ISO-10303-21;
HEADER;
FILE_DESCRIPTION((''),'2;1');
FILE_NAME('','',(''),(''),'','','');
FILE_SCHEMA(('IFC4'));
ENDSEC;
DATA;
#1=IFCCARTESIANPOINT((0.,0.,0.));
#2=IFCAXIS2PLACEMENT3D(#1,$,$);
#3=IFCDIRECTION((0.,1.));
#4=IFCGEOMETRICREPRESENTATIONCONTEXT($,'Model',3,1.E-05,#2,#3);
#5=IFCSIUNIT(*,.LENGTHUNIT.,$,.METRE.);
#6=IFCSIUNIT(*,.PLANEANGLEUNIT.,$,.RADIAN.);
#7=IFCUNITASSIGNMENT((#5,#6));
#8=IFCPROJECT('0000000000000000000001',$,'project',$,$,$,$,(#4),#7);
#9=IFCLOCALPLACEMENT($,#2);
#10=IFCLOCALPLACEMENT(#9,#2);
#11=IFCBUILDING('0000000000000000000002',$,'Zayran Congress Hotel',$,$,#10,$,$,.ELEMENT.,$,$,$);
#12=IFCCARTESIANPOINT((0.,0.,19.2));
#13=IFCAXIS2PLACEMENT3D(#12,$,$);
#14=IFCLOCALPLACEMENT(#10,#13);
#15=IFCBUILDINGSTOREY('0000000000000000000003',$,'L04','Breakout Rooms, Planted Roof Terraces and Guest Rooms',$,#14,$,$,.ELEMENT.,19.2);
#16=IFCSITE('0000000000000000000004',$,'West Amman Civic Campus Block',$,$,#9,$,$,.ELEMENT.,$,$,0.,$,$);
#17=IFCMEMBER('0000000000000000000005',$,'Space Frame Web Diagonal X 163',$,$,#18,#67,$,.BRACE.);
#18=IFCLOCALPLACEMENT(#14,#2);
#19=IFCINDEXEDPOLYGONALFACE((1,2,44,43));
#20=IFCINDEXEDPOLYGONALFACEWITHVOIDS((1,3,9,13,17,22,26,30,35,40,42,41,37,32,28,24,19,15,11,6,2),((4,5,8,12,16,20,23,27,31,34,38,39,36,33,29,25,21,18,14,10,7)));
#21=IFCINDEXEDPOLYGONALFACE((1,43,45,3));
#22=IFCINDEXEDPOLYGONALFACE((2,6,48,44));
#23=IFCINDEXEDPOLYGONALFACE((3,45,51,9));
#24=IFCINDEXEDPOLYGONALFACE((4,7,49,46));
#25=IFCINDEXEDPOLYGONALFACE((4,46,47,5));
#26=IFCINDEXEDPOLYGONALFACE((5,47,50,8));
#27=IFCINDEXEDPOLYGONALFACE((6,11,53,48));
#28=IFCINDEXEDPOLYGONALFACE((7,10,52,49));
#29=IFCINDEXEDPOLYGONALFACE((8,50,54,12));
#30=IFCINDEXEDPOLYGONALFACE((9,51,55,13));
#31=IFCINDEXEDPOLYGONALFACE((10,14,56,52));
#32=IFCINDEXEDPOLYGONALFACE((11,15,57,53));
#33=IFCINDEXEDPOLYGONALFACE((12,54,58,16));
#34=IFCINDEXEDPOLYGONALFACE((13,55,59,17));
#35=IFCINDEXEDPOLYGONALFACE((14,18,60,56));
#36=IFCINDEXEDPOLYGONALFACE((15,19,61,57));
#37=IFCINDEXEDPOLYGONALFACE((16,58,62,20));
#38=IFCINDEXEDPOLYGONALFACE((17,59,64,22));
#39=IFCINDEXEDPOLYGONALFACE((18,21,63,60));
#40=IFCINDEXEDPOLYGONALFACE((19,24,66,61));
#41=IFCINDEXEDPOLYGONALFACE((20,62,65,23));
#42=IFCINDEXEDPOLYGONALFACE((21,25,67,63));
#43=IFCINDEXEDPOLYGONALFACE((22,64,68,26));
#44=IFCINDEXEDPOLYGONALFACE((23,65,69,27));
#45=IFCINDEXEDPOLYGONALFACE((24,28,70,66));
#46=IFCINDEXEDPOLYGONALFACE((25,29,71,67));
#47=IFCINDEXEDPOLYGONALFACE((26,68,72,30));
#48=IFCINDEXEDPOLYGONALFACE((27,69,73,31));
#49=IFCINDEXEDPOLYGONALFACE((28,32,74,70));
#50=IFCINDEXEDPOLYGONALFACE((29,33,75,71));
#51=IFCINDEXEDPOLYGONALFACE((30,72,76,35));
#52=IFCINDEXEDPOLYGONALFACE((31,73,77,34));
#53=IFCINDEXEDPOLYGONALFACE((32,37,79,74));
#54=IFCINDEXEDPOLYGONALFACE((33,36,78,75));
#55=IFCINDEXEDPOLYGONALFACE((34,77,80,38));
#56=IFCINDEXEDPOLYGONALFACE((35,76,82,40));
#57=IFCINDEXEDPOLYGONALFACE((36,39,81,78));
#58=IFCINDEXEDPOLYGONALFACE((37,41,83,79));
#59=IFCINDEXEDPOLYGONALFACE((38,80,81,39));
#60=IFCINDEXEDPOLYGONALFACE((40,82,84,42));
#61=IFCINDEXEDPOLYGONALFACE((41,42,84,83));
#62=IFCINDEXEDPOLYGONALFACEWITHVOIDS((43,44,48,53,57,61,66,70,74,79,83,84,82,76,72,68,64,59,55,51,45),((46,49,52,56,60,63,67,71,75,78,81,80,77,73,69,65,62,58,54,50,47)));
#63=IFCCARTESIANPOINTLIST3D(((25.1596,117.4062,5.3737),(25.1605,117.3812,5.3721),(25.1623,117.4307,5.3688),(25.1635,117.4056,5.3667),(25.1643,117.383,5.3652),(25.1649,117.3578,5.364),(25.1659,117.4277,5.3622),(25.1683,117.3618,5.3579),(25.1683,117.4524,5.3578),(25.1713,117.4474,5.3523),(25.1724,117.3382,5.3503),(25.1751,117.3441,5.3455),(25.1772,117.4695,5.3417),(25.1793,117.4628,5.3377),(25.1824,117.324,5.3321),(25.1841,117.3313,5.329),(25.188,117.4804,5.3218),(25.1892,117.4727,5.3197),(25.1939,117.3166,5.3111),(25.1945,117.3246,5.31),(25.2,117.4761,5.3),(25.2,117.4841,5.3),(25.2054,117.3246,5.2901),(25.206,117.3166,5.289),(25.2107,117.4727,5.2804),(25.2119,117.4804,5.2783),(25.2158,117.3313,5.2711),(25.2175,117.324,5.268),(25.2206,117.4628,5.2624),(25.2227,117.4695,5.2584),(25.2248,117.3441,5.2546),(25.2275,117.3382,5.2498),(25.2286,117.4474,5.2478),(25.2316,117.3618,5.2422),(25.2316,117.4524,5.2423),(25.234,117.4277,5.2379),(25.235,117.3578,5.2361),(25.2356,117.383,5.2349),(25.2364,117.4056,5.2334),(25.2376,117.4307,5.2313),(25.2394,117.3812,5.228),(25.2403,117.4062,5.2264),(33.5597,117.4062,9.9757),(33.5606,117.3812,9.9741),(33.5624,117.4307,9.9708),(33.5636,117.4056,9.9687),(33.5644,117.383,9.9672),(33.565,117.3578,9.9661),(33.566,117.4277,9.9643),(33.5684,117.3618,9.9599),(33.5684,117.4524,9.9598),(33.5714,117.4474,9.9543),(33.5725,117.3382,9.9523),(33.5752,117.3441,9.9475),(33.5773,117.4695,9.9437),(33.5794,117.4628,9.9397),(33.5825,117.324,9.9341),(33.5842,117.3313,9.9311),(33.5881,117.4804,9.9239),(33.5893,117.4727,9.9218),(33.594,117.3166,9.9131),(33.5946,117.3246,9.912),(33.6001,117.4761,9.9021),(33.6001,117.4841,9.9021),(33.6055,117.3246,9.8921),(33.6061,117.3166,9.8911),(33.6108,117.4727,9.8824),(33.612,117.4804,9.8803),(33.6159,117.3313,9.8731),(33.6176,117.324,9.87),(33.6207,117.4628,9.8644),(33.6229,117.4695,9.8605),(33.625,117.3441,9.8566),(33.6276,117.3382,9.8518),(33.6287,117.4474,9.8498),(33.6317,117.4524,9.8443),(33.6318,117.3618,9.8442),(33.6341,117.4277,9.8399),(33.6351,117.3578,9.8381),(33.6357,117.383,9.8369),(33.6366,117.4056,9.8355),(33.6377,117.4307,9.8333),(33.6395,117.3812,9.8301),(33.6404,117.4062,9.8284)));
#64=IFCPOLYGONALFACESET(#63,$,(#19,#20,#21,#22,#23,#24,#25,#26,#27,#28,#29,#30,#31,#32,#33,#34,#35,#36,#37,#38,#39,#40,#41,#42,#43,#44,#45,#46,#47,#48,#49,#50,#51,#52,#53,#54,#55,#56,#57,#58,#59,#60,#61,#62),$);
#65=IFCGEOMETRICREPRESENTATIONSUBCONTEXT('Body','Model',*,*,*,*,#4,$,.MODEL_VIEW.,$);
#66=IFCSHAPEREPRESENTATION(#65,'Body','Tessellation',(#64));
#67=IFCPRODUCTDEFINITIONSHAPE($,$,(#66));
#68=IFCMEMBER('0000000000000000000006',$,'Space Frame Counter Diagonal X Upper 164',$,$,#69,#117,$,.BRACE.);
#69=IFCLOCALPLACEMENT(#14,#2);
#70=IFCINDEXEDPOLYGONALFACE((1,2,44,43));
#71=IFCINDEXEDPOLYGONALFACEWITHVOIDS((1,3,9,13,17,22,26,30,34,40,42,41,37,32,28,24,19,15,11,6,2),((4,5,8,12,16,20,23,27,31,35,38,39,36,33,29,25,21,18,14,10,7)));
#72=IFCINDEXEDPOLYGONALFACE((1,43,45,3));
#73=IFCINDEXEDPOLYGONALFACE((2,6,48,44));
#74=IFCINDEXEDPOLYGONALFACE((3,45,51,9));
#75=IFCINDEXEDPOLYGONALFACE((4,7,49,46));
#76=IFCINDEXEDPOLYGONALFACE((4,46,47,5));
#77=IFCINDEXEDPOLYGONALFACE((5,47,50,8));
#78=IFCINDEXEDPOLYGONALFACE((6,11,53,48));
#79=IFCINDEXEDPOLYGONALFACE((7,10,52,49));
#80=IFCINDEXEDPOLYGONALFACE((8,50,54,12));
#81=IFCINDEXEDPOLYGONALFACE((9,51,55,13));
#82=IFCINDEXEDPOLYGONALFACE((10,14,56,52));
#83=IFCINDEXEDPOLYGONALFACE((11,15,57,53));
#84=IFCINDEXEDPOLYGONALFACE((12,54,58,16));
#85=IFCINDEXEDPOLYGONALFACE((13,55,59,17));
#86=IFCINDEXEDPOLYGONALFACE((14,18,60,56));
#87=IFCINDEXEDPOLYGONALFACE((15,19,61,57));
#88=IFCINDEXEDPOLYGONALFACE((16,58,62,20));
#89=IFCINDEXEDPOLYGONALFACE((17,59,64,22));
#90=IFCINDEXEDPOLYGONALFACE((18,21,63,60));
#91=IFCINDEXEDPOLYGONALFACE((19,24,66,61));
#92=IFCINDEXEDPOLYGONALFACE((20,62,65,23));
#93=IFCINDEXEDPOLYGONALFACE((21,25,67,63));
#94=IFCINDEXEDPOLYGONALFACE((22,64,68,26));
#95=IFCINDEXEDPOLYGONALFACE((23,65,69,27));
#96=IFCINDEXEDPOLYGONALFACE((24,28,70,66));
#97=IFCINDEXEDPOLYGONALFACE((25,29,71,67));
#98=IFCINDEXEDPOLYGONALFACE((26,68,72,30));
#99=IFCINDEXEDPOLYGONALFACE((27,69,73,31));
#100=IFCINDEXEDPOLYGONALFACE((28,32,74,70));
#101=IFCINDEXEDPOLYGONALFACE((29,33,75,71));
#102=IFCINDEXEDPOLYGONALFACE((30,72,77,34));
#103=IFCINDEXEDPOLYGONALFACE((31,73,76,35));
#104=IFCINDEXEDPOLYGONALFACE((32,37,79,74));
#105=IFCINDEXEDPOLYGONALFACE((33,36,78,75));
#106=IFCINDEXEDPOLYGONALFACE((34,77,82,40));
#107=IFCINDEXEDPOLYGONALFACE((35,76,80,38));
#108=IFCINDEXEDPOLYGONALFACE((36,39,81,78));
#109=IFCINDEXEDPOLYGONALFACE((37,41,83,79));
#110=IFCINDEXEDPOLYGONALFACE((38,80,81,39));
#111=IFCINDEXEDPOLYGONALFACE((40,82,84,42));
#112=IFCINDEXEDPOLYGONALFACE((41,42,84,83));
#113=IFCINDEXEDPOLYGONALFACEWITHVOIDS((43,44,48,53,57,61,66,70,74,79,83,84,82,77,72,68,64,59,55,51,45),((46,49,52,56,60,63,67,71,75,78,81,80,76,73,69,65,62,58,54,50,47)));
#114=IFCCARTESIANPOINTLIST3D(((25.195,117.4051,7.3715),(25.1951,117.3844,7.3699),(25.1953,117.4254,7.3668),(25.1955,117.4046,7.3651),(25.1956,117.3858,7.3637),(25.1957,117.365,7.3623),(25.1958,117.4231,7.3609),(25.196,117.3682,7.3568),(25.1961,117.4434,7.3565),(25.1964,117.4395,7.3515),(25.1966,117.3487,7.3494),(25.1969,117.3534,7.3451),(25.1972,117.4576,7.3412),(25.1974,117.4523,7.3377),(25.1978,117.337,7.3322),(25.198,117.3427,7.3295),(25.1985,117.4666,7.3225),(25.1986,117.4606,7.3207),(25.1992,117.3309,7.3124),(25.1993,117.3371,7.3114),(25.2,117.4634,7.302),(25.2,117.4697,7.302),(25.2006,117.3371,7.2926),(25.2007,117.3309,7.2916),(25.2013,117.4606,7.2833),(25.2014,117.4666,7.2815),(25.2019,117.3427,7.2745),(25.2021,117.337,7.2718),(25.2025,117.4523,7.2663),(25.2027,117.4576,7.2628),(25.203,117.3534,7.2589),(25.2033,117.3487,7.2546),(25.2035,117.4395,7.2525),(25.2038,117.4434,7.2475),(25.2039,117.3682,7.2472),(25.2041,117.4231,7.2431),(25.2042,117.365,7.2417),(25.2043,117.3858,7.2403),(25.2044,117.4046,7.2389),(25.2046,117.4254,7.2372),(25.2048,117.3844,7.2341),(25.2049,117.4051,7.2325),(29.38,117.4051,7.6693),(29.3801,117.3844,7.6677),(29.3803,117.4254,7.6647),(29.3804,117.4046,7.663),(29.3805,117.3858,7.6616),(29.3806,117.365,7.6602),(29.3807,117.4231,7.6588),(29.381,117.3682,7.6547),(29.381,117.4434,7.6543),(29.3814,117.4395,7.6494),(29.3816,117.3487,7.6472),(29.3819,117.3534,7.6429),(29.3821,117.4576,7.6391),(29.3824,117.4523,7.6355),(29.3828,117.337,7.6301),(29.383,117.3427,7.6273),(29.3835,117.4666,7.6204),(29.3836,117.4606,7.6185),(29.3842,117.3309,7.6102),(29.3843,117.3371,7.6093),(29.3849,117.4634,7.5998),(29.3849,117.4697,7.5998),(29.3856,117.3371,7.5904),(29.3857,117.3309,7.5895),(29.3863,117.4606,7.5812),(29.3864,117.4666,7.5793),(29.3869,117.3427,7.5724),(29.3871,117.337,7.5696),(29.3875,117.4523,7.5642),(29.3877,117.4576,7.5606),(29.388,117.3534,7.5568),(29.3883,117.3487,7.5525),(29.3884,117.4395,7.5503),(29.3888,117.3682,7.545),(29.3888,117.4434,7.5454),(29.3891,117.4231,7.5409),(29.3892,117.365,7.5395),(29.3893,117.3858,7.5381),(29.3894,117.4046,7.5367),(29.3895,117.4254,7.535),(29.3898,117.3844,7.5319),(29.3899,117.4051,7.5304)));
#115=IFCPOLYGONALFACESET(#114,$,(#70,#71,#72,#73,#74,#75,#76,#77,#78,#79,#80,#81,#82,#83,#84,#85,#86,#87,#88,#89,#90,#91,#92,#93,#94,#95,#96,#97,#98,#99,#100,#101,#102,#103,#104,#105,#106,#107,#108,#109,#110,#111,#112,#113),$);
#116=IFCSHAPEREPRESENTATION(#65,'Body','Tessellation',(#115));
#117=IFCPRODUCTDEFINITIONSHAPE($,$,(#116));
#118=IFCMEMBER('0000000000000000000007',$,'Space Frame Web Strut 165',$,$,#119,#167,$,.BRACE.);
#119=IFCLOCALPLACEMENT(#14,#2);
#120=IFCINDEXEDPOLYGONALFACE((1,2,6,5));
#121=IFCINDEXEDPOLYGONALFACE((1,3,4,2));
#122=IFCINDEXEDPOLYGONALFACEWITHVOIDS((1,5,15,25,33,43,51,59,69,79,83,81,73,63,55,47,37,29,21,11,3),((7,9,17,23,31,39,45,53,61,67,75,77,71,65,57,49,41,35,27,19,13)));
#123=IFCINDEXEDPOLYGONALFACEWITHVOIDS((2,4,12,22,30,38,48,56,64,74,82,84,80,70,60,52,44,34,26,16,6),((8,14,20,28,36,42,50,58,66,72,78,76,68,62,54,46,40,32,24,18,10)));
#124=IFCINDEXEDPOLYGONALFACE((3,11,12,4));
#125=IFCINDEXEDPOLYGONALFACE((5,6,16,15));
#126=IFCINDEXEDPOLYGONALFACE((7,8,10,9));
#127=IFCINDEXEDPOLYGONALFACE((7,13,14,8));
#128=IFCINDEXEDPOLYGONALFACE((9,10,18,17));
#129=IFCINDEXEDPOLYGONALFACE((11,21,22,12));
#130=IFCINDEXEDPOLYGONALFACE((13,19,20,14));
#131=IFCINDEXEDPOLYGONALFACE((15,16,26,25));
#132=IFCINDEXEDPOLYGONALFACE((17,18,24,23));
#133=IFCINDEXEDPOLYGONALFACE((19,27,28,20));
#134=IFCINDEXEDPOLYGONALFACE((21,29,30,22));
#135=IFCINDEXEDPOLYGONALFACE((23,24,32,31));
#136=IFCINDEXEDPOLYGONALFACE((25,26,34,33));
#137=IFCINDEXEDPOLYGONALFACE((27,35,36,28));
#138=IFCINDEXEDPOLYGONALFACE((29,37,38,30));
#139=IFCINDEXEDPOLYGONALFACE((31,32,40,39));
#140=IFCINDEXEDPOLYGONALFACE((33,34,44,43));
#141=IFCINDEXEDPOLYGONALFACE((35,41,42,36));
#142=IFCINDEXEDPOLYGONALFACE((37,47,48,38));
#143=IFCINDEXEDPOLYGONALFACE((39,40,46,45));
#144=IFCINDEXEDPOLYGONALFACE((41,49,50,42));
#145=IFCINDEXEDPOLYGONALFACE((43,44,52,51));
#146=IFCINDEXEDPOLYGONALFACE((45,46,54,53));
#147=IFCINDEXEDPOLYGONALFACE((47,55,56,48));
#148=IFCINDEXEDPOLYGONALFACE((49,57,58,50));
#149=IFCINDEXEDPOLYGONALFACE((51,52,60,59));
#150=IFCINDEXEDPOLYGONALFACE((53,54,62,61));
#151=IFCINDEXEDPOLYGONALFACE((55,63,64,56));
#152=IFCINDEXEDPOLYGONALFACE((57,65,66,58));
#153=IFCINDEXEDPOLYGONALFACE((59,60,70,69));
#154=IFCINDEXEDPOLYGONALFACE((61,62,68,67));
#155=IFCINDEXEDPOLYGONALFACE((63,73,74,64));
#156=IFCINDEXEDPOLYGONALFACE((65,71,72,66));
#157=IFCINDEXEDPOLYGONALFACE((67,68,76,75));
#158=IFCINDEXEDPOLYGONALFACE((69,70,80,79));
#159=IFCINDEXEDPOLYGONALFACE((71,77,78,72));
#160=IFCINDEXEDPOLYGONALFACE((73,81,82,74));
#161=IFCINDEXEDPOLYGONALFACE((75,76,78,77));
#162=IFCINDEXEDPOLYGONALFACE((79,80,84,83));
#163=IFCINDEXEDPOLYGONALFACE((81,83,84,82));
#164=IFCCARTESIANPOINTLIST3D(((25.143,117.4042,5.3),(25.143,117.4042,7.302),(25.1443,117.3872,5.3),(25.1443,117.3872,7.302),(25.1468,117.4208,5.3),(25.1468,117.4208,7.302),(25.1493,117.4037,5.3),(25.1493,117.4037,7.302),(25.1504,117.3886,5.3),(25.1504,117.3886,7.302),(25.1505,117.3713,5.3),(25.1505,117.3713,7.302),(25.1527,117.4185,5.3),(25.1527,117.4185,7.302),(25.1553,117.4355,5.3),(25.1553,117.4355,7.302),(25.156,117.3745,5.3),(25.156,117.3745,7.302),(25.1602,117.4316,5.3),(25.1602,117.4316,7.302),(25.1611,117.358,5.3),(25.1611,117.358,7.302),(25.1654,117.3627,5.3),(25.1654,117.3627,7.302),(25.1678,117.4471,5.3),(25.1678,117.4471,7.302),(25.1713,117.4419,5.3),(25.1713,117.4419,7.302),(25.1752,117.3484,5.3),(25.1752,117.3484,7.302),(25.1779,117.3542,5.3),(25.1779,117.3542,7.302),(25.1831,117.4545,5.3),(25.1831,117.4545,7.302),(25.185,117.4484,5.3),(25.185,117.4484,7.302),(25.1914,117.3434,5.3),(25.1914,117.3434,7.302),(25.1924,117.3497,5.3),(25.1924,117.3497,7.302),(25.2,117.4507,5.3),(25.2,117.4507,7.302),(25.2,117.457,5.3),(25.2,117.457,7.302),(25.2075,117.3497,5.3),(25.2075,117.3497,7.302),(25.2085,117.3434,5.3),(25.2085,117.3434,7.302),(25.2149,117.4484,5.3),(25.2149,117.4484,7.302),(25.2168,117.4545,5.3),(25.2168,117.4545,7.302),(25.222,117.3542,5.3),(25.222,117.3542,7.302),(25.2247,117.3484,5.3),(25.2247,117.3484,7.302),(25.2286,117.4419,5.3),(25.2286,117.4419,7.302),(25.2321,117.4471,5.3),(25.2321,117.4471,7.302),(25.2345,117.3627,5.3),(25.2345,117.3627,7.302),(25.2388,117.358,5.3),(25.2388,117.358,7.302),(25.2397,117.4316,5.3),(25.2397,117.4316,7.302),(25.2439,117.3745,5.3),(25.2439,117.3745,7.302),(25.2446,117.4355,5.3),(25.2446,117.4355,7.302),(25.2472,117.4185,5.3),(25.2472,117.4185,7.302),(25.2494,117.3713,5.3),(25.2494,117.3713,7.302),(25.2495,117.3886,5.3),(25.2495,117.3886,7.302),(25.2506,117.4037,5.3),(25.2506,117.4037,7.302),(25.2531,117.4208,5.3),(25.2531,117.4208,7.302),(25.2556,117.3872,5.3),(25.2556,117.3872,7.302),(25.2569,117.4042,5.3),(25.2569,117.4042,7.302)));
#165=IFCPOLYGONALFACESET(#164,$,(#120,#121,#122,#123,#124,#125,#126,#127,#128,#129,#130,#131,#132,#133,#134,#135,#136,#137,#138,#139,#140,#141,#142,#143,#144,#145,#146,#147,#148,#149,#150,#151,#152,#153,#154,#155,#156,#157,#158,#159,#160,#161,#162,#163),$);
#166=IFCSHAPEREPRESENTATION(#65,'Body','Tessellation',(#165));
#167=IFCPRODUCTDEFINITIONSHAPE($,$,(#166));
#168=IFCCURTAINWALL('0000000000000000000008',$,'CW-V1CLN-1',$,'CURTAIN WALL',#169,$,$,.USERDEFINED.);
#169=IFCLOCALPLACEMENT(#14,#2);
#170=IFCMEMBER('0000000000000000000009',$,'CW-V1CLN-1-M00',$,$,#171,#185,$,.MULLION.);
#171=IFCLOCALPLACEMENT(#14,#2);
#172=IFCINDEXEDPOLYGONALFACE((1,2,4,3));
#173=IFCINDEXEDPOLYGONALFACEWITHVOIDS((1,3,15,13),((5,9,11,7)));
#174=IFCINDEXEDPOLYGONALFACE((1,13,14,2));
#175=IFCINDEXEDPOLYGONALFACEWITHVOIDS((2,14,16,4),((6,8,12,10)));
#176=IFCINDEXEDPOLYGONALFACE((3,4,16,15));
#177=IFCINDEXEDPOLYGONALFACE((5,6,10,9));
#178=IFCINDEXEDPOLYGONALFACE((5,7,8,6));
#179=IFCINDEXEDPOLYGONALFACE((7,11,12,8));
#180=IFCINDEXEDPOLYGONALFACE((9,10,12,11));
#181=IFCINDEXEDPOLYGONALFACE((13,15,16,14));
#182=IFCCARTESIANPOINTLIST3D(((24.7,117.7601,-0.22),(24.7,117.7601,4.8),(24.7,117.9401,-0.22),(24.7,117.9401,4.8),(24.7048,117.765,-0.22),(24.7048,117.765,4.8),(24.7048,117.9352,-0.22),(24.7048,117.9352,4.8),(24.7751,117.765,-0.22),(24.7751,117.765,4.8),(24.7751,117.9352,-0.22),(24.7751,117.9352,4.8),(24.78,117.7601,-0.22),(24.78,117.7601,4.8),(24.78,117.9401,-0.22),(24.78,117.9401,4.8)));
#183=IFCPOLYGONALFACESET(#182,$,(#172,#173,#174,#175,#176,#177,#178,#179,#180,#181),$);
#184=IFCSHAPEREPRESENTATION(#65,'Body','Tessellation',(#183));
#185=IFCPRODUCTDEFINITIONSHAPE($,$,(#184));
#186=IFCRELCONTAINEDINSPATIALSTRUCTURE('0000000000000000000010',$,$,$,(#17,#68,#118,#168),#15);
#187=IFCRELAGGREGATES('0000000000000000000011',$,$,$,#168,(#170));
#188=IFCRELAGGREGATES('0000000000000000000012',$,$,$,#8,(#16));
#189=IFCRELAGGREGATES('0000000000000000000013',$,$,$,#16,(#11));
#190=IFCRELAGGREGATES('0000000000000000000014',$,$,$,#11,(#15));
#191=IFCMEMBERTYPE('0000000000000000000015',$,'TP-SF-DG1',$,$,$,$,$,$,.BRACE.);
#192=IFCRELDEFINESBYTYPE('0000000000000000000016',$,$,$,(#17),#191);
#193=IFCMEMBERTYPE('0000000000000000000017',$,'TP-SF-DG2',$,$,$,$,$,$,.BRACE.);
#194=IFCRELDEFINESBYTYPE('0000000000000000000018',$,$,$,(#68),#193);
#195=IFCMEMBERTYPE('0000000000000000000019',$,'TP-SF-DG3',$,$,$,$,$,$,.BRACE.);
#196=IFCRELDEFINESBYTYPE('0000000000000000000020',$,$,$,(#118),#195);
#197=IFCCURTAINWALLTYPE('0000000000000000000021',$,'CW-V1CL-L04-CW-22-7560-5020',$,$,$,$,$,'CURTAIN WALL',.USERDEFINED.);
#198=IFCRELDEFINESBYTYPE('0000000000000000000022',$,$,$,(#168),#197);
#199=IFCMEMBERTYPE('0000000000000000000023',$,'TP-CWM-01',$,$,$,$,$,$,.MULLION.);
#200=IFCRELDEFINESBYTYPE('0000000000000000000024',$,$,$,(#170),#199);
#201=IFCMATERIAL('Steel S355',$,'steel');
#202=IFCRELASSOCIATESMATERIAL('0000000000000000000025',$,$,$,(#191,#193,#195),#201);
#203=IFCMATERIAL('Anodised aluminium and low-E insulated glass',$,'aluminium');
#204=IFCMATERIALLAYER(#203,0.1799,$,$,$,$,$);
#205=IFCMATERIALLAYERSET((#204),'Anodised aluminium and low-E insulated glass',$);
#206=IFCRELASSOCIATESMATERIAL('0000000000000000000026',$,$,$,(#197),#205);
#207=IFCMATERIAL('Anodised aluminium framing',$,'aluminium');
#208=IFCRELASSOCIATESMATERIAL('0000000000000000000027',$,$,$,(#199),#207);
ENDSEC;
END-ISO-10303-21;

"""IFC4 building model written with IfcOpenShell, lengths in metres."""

from ifc_helpers import new_model, si_unit, direction, frame, origin, origin_2d, place, context, subcontext, project, spatial, hollow_rectangle, hollow_circle, extrude, material, layer, layer_set, material_profile, profile_set, type_object, element, aggregate, save


model = new_model("IFC4")

# Units and contexts
model_context = context("Model", 3, precision=1e-05, world=origin(), true_north=direction((0.0, 1.0)))
body_context = subcontext(model_context, "Body", "Model", "MODEL_VIEW")
ifc_project = project(units=[si_unit("LENGTHUNIT", "METRE"), si_unit("PLANEANGLEUNIT", "RADIAN")], contexts=[model_context])

# Site, building, storey
site_placement = place(None, origin())
site = spatial("IfcSite", under=ifc_project, at=site_placement, Name="West Amman Civic Campus Block", CompositionType="ELEMENT", RefElevation=0.0)
building_placement = place(site_placement, origin())
building = spatial("IfcBuilding", under=site, at=building_placement, Name="Zayran Congress Hotel", CompositionType="ELEMENT")
storey_placement = place(building_placement, frame((0.0, 0.0, 19.2)))
storey = spatial("IfcBuildingStorey", under=building, at=storey_placement, Name="L04", Description="Breakout Rooms, Planted Roof Terraces and Guest Rooms", CompositionType="ELEMENT", Elevation=19.2)

# Members
ifc_material_1 = material(Name="Steel S355", Category="steel")
ifc_material_profile_1 = material_profile(ifc_material_1, hollow_circle(Radius=0.0842, WallThickness=0.0081, at=origin_2d()), Name="CHS 168.3x8")
ifc_profile_set_1 = profile_set([ifc_material_profile_1], Name="Steel S355")
member_type_1 = type_object("IfcMemberType", Name="TP-SF-DG1", PredefinedType="BRACE", material=ifc_profile_set_1)
member_1_placement = place(storey_placement, frame((25.2, 117.3999, 5.3), z_axis=(0.87701, 0.0, 0.480473), x_axis=(0.0, 1.0, 0.0)))
element("IfcMember", 1, at=member_1_placement, inside=storey, type_object=member_type_1, Name="Space Frame Web Diagonal X 163", PredefinedType="BRACE", context=body_context, shape_type="SweptSolid", body=[
    extrude(hollow_circle(Radius=0.0842, WallThickness=0.0081, at=origin_2d()), origin(), (0.0, 0.0, 1.0), 9.5781),
])
ifc_material_profile_2 = material_profile(ifc_material_1, hollow_circle(Radius=0.0698, WallThickness=0.0063, at=origin_2d()), Name="CHS 139.7x6.3")
ifc_profile_set_2 = profile_set([ifc_material_profile_2], Name="Steel S355")
member_type_2 = type_object("IfcMemberType", Name="TP-SF-DG2", PredefinedType="BRACE", material=ifc_profile_set_2)
member_2_placement = place(storey_placement, frame((25.2, 117.3999, 7.302), z_axis=(0.997477, 0.0, 0.070991), x_axis=(0.0, 1.0, 0.0)))
element("IfcMember", 2, at=member_2_placement, inside=storey, type_object=member_type_2, Name="Space Frame Counter Diagonal X Upper 164", PredefinedType="BRACE", context=body_context, shape_type="SweptSolid", body=[
    extrude(hollow_circle(Radius=0.0698, WallThickness=0.0063, at=origin_2d()), origin(), (0.0, 0.0, 1.0), 4.1956),
])
ifc_material_profile_3 = material_profile(ifc_material_1, hollow_circle(Radius=0.0571, WallThickness=0.0063, at=origin_2d()), Name="CHS 114.3x6.3")
ifc_profile_set_3 = profile_set([ifc_material_profile_3], Name="Steel S355")
member_type_3 = type_object("IfcMemberType", Name="TP-SF-DG3", PredefinedType="BRACE", material=ifc_profile_set_3)
member_3_placement = place(storey_placement, frame((25.2, 117.3999, 5.3), z_axis=(0.0, 0.0, 1.0), x_axis=(0.0, 1.0, 0.0)))
element("IfcMember", 3, at=member_3_placement, inside=storey, type_object=member_type_3, Name="Space Frame Web Strut 165", PredefinedType="BRACE", context=body_context, shape_type="SweptSolid", body=[
    extrude(hollow_circle(Radius=0.0571, WallThickness=0.0063, at=origin_2d()), origin(), (0.0, 0.0, 1.0), 2.002),
])

# Curtain wall, member
ifc_material_2 = material(Name="Anodised aluminium and low-E insulated glass", Category="aluminium")
ifc_layer_1 = layer(ifc_material_2, 0.1799)
ifc_layer_set_1 = layer_set([ifc_layer_1], Name="Anodised aluminium and low-E insulated glass")
curtain_wall_type_1 = type_object("IfcCurtainWallType", Name="CW-V1CL-L04-CW-22-7560-5020", ElementType="CURTAIN WALL", PredefinedType="USERDEFINED", material=ifc_layer_set_1)
curtain_wall_1_placement = place(storey_placement, origin())
curtain_wall_1 = element("IfcCurtainWall", 4, at=curtain_wall_1_placement, inside=storey, type_object=curtain_wall_type_1, Name="CW-V1CLN-1", ObjectType="CURTAIN WALL", PredefinedType="USERDEFINED")
ifc_material_3 = material(Name="Anodised aluminium framing", Category="aluminium")
ifc_material_profile_4 = material_profile(ifc_material_3, hollow_rectangle(XDim=0.0801, YDim=0.1799, WallThickness=0.0049, at=origin_2d()), Name="RHS 180x80x5")
ifc_profile_set_4 = profile_set([ifc_material_profile_4], Name="Anodised aluminium framing")
member_type_4 = type_object("IfcMemberType", Name="TP-CWM-01", PredefinedType="MULLION", material=ifc_profile_set_4)
member_4_placement = place(storey_placement, frame((24.74, 117.8501, -0.22), z_axis=(0.0, 0.0, 1.0), x_axis=(1.0, 0.0, 0.0)))
member_4 = element("IfcMember", 5, at=member_4_placement, type_object=member_type_4, Name="CW-V1CLN-1-M00", PredefinedType="MULLION", context=body_context, shape_type="SweptSolid", body=[
    extrude(hollow_rectangle(XDim=0.0801, YDim=0.1799, WallThickness=0.0049, at=origin_2d()), origin(), (0.0, 0.0, 1.0), 5.02),
])

aggregate(curtain_wall_1, [member_4])

save(model, "model.ifc")
